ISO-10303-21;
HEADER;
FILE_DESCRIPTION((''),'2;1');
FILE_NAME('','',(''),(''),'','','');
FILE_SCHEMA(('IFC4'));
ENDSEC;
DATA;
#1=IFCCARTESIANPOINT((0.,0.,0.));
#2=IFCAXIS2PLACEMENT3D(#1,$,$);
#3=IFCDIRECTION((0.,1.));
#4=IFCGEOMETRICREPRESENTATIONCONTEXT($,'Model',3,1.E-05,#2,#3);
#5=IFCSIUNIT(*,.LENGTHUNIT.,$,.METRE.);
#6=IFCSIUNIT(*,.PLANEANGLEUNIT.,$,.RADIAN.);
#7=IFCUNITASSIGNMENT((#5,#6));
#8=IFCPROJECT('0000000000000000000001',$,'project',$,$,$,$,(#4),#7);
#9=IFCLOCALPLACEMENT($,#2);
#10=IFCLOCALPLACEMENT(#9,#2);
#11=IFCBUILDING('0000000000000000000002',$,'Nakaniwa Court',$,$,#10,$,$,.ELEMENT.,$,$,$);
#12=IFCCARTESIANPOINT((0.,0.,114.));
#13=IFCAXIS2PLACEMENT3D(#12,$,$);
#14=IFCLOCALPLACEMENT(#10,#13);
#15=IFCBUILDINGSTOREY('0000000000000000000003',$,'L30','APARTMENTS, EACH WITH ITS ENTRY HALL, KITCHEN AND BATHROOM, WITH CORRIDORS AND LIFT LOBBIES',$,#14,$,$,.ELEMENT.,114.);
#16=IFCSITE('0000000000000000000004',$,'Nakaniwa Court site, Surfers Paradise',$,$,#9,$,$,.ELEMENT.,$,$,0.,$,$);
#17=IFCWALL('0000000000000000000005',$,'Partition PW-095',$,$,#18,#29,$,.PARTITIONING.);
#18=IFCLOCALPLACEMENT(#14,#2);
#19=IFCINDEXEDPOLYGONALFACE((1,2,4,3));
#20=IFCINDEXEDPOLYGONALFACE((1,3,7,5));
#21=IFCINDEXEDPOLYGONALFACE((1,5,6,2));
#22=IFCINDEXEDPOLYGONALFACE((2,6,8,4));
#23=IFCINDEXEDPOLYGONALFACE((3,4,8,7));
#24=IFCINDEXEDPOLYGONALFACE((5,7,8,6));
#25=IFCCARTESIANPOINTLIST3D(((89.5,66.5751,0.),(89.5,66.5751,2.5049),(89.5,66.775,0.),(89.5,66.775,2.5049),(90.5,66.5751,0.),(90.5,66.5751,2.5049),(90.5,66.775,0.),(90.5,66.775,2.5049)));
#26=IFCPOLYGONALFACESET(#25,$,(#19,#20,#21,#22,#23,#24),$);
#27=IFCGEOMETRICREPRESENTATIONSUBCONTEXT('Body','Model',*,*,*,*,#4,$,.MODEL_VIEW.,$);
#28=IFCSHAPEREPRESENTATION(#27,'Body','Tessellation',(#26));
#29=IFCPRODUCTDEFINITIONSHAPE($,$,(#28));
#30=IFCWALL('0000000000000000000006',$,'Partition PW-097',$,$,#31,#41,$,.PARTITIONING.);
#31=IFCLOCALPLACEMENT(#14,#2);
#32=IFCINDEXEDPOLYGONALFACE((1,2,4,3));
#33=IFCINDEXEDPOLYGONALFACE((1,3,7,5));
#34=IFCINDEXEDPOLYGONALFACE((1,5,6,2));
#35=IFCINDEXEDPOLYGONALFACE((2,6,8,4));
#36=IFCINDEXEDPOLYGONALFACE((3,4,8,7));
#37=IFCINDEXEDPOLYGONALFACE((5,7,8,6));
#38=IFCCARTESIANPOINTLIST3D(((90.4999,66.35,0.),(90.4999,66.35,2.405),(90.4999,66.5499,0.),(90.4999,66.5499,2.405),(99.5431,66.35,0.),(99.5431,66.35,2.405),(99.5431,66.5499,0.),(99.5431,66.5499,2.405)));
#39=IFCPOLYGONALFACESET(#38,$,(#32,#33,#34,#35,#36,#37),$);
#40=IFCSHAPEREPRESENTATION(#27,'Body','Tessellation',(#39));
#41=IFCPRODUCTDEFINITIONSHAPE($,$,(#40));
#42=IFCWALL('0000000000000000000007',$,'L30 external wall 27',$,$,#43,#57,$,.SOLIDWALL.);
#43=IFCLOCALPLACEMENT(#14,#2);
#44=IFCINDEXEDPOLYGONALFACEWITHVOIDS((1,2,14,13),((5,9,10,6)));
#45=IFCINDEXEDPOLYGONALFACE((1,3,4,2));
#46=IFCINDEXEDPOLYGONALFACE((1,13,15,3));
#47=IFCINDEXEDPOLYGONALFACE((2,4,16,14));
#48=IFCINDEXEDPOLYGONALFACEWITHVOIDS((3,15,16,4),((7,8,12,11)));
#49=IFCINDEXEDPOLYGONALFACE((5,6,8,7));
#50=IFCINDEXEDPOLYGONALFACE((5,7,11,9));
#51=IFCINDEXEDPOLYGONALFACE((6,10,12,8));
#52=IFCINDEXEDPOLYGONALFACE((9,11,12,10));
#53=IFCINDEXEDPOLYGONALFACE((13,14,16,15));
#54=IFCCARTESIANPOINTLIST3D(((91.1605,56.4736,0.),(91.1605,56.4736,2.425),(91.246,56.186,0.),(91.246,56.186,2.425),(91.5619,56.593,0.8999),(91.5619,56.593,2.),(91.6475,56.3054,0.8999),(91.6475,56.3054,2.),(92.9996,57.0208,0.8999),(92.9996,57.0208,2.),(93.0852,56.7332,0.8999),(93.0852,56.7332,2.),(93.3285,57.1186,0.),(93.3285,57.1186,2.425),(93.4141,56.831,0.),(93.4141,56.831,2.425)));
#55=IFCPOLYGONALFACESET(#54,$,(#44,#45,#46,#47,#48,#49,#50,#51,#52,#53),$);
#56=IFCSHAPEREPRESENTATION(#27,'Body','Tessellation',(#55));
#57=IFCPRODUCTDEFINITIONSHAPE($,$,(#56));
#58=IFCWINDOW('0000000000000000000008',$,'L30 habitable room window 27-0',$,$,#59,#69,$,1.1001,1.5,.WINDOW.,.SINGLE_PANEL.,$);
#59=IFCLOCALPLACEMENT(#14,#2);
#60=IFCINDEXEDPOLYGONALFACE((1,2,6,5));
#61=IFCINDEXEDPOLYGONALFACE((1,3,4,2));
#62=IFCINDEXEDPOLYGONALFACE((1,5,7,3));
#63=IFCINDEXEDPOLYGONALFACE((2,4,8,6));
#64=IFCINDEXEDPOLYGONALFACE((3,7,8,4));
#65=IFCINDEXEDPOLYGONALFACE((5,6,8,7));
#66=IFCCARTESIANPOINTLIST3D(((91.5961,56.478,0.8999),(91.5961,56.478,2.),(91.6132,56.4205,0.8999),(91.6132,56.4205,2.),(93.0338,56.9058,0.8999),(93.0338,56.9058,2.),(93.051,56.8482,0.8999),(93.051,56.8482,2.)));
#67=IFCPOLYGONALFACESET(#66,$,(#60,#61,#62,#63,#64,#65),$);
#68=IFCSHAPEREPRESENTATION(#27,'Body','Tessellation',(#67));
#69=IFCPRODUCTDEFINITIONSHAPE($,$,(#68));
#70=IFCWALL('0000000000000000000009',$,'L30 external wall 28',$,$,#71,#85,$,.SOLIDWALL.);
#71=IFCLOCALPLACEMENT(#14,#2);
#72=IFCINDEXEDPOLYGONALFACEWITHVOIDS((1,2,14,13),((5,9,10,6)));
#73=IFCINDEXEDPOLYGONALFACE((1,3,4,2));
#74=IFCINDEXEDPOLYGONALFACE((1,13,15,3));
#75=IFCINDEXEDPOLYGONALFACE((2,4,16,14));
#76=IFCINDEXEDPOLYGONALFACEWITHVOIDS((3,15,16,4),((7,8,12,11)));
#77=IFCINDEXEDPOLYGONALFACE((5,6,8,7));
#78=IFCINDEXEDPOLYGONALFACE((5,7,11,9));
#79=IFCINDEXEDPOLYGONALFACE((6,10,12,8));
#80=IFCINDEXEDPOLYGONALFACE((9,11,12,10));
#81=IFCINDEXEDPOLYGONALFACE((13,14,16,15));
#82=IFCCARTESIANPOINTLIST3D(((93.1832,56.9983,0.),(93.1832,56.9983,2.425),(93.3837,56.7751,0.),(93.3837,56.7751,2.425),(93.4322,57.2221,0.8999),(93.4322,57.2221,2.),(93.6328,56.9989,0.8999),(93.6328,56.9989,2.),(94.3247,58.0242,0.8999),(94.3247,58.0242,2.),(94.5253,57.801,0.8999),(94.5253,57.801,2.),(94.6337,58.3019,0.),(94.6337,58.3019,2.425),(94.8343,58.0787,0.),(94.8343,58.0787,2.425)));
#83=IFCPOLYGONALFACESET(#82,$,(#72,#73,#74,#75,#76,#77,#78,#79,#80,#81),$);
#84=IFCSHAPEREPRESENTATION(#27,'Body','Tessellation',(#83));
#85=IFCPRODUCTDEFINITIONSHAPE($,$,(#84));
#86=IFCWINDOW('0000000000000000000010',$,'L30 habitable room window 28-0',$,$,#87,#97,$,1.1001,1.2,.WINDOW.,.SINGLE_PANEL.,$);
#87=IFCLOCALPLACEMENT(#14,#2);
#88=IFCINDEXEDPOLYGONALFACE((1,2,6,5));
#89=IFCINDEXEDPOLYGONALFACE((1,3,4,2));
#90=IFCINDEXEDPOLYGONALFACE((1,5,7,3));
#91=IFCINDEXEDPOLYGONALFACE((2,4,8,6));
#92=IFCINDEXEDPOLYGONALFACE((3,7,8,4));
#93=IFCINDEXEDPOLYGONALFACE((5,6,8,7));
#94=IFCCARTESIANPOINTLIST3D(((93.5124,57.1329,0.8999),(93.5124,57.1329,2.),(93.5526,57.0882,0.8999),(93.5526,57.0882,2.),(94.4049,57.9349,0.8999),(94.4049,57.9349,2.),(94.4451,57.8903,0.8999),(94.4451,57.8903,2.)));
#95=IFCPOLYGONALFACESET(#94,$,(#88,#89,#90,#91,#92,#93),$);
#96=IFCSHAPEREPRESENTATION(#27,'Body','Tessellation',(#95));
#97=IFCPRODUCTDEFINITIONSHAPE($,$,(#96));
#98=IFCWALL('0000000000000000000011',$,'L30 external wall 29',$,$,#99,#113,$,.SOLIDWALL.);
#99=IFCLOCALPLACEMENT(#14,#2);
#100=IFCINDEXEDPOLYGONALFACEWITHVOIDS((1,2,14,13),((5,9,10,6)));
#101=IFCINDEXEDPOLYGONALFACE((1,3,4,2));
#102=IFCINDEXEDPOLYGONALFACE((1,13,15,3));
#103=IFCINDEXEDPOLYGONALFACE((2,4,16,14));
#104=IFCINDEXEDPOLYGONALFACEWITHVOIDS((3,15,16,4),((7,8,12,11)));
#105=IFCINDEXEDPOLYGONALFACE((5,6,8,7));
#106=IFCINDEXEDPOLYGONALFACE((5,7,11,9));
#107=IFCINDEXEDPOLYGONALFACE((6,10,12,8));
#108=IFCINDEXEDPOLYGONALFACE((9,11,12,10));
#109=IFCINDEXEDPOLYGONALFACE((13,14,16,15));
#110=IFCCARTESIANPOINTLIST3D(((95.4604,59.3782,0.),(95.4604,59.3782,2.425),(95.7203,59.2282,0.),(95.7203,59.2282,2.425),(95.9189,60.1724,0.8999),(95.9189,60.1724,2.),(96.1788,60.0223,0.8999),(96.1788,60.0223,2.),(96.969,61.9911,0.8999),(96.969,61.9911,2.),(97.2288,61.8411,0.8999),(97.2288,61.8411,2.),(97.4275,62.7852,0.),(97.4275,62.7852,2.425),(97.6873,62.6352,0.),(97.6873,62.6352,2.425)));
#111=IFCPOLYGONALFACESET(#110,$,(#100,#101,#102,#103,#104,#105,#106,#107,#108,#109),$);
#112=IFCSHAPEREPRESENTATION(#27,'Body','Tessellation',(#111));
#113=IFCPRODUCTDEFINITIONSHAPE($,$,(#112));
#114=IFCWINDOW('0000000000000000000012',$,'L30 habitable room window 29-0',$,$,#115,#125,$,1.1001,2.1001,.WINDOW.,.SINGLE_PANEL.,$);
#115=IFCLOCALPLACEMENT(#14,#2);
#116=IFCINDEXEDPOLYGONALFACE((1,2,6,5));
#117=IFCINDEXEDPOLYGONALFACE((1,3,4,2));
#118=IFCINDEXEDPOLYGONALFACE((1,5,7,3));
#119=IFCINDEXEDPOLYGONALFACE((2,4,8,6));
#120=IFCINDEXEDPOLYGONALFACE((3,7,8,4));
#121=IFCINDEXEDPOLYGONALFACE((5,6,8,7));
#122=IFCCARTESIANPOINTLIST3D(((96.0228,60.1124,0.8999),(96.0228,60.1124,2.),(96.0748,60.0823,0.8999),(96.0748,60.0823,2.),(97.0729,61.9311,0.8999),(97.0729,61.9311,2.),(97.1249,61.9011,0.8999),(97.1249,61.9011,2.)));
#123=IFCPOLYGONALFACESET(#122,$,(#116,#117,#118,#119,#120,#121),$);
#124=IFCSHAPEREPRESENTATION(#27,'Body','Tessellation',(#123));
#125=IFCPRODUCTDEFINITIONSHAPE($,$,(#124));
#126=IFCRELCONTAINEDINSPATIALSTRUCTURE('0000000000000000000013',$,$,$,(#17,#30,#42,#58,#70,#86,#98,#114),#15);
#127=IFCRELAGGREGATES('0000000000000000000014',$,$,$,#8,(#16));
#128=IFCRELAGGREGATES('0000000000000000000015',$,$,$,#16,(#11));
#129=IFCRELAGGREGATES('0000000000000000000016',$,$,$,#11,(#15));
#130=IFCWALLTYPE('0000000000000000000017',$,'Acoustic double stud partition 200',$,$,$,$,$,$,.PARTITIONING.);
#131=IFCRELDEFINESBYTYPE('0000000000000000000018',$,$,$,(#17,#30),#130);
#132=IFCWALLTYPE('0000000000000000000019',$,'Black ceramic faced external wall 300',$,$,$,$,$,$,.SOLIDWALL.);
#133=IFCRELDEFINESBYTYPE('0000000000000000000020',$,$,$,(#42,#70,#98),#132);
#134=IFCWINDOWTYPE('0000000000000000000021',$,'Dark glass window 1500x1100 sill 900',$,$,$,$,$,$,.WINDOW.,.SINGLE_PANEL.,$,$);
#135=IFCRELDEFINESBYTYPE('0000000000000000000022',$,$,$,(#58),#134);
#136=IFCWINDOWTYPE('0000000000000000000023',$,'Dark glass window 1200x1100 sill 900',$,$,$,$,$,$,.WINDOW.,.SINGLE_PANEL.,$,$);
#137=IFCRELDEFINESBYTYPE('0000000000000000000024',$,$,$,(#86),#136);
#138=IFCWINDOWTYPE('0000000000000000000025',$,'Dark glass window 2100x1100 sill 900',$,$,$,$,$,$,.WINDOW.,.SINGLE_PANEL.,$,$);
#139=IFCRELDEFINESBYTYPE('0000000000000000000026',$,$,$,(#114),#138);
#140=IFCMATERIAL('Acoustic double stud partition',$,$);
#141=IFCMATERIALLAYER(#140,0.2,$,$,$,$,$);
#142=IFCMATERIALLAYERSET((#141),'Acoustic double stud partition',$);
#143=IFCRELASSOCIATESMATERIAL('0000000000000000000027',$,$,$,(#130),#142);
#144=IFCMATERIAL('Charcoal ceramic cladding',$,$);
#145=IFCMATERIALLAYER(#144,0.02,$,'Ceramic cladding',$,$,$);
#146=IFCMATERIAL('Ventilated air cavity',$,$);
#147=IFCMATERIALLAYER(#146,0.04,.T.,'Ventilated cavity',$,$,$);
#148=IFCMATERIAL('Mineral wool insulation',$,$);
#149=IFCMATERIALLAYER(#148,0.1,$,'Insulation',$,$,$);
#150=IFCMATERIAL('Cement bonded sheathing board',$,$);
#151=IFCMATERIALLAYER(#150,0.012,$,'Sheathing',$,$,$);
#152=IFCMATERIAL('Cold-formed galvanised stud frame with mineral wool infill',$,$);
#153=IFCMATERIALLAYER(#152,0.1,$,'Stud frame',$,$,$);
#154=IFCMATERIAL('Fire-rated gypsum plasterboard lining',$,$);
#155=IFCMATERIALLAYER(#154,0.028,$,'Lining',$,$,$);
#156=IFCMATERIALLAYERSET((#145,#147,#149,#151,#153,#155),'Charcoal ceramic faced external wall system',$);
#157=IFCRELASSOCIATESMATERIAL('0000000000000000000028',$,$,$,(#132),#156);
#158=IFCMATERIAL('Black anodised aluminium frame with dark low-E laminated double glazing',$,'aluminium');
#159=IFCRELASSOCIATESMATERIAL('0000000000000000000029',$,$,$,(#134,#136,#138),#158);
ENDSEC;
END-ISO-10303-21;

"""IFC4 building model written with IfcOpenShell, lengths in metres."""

from ifc_helpers import new_model, si_unit, direction, frame, frame_2d, origin, place, context, subcontext, project, spatial, rectangle, extrude, material, layer, layer_set, type_object, element, fill, save


model = new_model("IFC4")

# Units and contexts
model_context = context("Model", 3, precision=1e-05, world=origin(), true_north=direction((0.0, 1.0)))
body_context = subcontext(model_context, "Body", "Model", "MODEL_VIEW")
ifc_project = project(units=[si_unit("LENGTHUNIT", "METRE"), si_unit("PLANEANGLEUNIT", "RADIAN")], contexts=[model_context])

# Site, building, storey
site_placement = place(None, origin())
site = spatial("IfcSite", under=ifc_project, at=site_placement, Name="Nakaniwa Court site, Surfers Paradise", CompositionType="ELEMENT", RefElevation=0.0)
building_placement = place(site_placement, origin())
building = spatial("IfcBuilding", under=site, at=building_placement, Name="Nakaniwa Court", CompositionType="ELEMENT")
storey_placement = place(building_placement, frame((0.0, 0.0, 114.0)))
storey = spatial("IfcBuildingStorey", under=building, at=storey_placement, Name="L30", Description="APARTMENTS, EACH WITH ITS ENTRY HALL, KITCHEN AND BATHROOM, WITH CORRIDORS AND LIFT LOBBIES", CompositionType="ELEMENT", Elevation=114.0)

# Walls
ifc_material_1 = material(Name="Acoustic double stud partition")
ifc_layer_1 = layer(ifc_material_1, 0.2)
ifc_layer_set_1 = layer_set([ifc_layer_1], Name="Acoustic double stud partition")
wall_type_1 = type_object("IfcWallType", Name="Acoustic double stud partition 200", PredefinedType="PARTITIONING", material=ifc_layer_set_1)
wall_1_placement = place(storey_placement, frame((89.5, 66.675, 0.0), z_axis=(0.0, 0.0, 1.0), x_axis=(1.0, 0.0, 0.0)))
element("IfcWall", 1, at=wall_1_placement, inside=storey, type_object=wall_type_1, Name="Partition PW-095", PredefinedType="PARTITIONING", context=body_context, shape_type="SweptSolid", body=[
    extrude(rectangle(XDim=1.0, YDim=0.2, at=frame_2d((0.5, 0.0))), origin(), (0.0, 0.0, 1.0), 2.5049),
])
wall_2_placement = place(storey_placement, frame((90.5, 66.45, 0.0), z_axis=(0.0, 0.0, 1.0), x_axis=(1.0, 0.0, 0.0)))
element("IfcWall", 2, at=wall_2_placement, inside=storey, type_object=wall_type_1, Name="Partition PW-097", PredefinedType="PARTITIONING", context=body_context, shape_type="SweptSolid", body=[
    extrude(rectangle(XDim=9.0432, YDim=0.2, at=frame_2d((4.5215, 0.0))), origin(), (0.0, 0.0, 1.0), 2.405),
])

# Walls, openings, windows
ifc_material_2 = material(Name="Charcoal ceramic cladding")
ifc_layer_2 = layer(ifc_material_2, 0.02, Name="Ceramic cladding")
ifc_material_3 = material(Name="Ventilated air cavity")
ifc_layer_3 = layer(ifc_material_3, 0.04, ventilated=True, Name="Ventilated cavity")
ifc_material_4 = material(Name="Mineral wool insulation")
ifc_layer_4 = layer(ifc_material_4, 0.1, Name="Insulation")
ifc_material_5 = material(Name="Cement bonded sheathing board")
ifc_layer_5 = layer(ifc_material_5, 0.012, Name="Sheathing")
ifc_material_6 = material(Name="Cold-formed galvanised stud frame with mineral wool infill")
ifc_layer_6 = layer(ifc_material_6, 0.1, Name="Stud frame")
ifc_material_7 = material(Name="Fire-rated gypsum plasterboard lining")
ifc_layer_7 = layer(ifc_material_7, 0.028, Name="Lining")
ifc_layer_set_2 = layer_set([ifc_layer_2, ifc_layer_3, ifc_layer_4, ifc_layer_5, ifc_layer_6, ifc_layer_7], Name="Charcoal ceramic faced external wall system")
wall_type_2 = type_object("IfcWallType", Name="Black ceramic faced external wall 300", PredefinedType="SOLIDWALL", material=ifc_layer_set_2)
wall_3_placement = place(storey_placement, frame((91.2034, 56.3298, 0.0), z_axis=(0.0, 0.0, 1.0), x_axis=(0.958477, 0.285169, 0.0)))
wall_3 = element("IfcWall", 3, at=wall_3_placement, inside=storey, type_object=wall_type_2, Name="L30 external wall 27", PredefinedType="SOLIDWALL", context=body_context, shape_type="SweptSolid", body=[
    extrude(rectangle(XDim=2.262, YDim=0.3, at=frame_2d((1.1309, 0.0))), origin(), (0.0, 0.0, 1.0), 2.425),
])
opening_1_placement = place(wall_3_placement, frame((0.4187, 0.0, 0.8999)))
opening_1 = element("IfcOpeningElement", 4, at=opening_1_placement, cuts=wall_3, PredefinedType="OPENING", context=body_context, shape_type="SweptSolid", body=[
    extrude(rectangle(XDim=1.5, YDim=1.1001, at=frame_2d((0.75, 0.55))), frame((0.0, 0.1599, 0.0), z_axis=(0.0, -1.0, 0.0), x_axis=(1.0, 0.0, 0.0)), (0.0, 0.0, 1.0), 0.3201),
])
ifc_material_8 = material(Name="Black anodised aluminium frame with dark low-E laminated double glazing", Category="aluminium")
window_type_1 = type_object("IfcWindowType", Name="Dark glass window 1500x1100 sill 900", PartitioningType="SINGLE_PANEL", PredefinedType="WINDOW", material=ifc_material_8)
window_1_placement = place(opening_1_placement, origin())
window_1 = element("IfcWindow", 5, at=window_1_placement, inside=storey, type_object=window_type_1, Name="L30 habitable room window 27-0", OverallHeight=1.1001, OverallWidth=1.5, PartitioningType="SINGLE_PANEL", PredefinedType="WINDOW", context=body_context, shape_type="SweptSolid", body=[
    extrude(rectangle(XDim=1.5, YDim=1.1001, at=frame_2d((0.75, 0.55))), frame((0.0, 0.03, 0.0), z_axis=(0.0, -1.0, 0.0), x_axis=(1.0, 0.0, 0.0)), (0.0, 0.0, 1.0), 0.0601),
])
fill(opening_1, window_1)
wall_4_placement = place(storey_placement, frame((93.2834, 56.8867, 0.0), z_axis=(0.0, 0.0, 1.0), x_axis=(0.743786, 0.668418, 0.0)))
wall_4 = element("IfcWall", 6, at=wall_4_placement, inside=storey, type_object=wall_type_2, Name="L30 external wall 28", PredefinedType="SOLIDWALL", context=body_context, shape_type="SweptSolid", body=[
    extrude(rectangle(XDim=1.9502, YDim=0.3, at=frame_2d((0.9751, 0.0))), origin(), (0.0, 0.0, 1.0), 2.425),
])
opening_2_placement = place(wall_4_placement, frame((0.3347, 0.0, 0.8999)))
opening_2 = element("IfcOpeningElement", 7, at=opening_2_placement, cuts=wall_4, PredefinedType="OPENING", context=body_context, shape_type="SweptSolid", body=[
    extrude(rectangle(XDim=1.2, YDim=1.1001, at=frame_2d((0.6001, 0.55))), frame((0.0, 0.1599, 0.0), z_axis=(0.0, -1.0, 0.0), x_axis=(1.0, 0.0, 0.0)), (0.0, 0.0, 1.0), 0.3201),
])
window_type_2 = type_object("IfcWindowType", Name="Dark glass window 1200x1100 sill 900", PartitioningType="SINGLE_PANEL", PredefinedType="WINDOW", material=ifc_material_8)
window_2_placement = place(opening_2_placement, origin())
window_2 = element("IfcWindow", 8, at=window_2_placement, inside=storey, type_object=window_type_2, Name="L30 habitable room window 28-0", OverallHeight=1.1001, OverallWidth=1.2, PartitioningType="SINGLE_PANEL", PredefinedType="WINDOW", context=body_context, shape_type="SweptSolid", body=[
    extrude(rectangle(XDim=1.2, YDim=1.1001, at=frame_2d((0.6001, 0.55))), frame((0.0, 0.03, 0.0), z_axis=(0.0, -1.0, 0.0), x_axis=(1.0, 0.0, 0.0)), (0.0, 0.0, 1.0), 0.0601),
])
fill(opening_2, window_2)
wall_5_placement = place(storey_placement, frame((95.5903, 59.3032, 0.0), z_axis=(0.0, 0.0, 1.0), x_axis=(0.500004, 0.866023, 0.0)))
wall_5 = element("IfcWall", 9, at=wall_5_placement, inside=storey, type_object=wall_type_2, Name="L30 external wall 29", PredefinedType="SOLIDWALL", context=body_context, shape_type="SweptSolid", body=[
    extrude(rectangle(XDim=3.9341, YDim=0.3, at=frame_2d((1.967, 0.0))), origin(), (0.0, 0.0, 1.0), 2.425),
])
opening_3_placement = place(wall_5_placement, frame((0.917, 0.0, 0.8999)))
opening_3 = element("IfcOpeningElement", 10, at=opening_3_placement, cuts=wall_5, PredefinedType="OPENING", context=body_context, shape_type="SweptSolid", body=[
    extrude(rectangle(XDim=2.1001, YDim=1.1001, at=frame_2d((1.05, 0.55))), frame((0.0, 0.1599, 0.0), z_axis=(0.0, -1.0, 0.0), x_axis=(1.0, 0.0, 0.0)), (0.0, 0.0, 1.0), 0.3201),
])
window_type_3 = type_object("IfcWindowType", Name="Dark glass window 2100x1100 sill 900", PartitioningType="SINGLE_PANEL", PredefinedType="WINDOW", material=ifc_material_8)
window_3_placement = place(opening_3_placement, origin())
window_3 = element("IfcWindow", 11, at=window_3_placement, inside=storey, type_object=window_type_3, Name="L30 habitable room window 29-0", OverallHeight=1.1001, OverallWidth=2.1001, PartitioningType="SINGLE_PANEL", PredefinedType="WINDOW", context=body_context, shape_type="SweptSolid", body=[
    extrude(rectangle(XDim=2.1001, YDim=1.1001, at=frame_2d((1.05, 0.55))), frame((0.0, 0.03, 0.0), z_axis=(0.0, -1.0, 0.0), x_axis=(1.0, 0.0, 0.0)), (0.0, 0.0, 1.0), 0.0601),
])
fill(opening_3, window_3)

save(model, "model.ifc")
